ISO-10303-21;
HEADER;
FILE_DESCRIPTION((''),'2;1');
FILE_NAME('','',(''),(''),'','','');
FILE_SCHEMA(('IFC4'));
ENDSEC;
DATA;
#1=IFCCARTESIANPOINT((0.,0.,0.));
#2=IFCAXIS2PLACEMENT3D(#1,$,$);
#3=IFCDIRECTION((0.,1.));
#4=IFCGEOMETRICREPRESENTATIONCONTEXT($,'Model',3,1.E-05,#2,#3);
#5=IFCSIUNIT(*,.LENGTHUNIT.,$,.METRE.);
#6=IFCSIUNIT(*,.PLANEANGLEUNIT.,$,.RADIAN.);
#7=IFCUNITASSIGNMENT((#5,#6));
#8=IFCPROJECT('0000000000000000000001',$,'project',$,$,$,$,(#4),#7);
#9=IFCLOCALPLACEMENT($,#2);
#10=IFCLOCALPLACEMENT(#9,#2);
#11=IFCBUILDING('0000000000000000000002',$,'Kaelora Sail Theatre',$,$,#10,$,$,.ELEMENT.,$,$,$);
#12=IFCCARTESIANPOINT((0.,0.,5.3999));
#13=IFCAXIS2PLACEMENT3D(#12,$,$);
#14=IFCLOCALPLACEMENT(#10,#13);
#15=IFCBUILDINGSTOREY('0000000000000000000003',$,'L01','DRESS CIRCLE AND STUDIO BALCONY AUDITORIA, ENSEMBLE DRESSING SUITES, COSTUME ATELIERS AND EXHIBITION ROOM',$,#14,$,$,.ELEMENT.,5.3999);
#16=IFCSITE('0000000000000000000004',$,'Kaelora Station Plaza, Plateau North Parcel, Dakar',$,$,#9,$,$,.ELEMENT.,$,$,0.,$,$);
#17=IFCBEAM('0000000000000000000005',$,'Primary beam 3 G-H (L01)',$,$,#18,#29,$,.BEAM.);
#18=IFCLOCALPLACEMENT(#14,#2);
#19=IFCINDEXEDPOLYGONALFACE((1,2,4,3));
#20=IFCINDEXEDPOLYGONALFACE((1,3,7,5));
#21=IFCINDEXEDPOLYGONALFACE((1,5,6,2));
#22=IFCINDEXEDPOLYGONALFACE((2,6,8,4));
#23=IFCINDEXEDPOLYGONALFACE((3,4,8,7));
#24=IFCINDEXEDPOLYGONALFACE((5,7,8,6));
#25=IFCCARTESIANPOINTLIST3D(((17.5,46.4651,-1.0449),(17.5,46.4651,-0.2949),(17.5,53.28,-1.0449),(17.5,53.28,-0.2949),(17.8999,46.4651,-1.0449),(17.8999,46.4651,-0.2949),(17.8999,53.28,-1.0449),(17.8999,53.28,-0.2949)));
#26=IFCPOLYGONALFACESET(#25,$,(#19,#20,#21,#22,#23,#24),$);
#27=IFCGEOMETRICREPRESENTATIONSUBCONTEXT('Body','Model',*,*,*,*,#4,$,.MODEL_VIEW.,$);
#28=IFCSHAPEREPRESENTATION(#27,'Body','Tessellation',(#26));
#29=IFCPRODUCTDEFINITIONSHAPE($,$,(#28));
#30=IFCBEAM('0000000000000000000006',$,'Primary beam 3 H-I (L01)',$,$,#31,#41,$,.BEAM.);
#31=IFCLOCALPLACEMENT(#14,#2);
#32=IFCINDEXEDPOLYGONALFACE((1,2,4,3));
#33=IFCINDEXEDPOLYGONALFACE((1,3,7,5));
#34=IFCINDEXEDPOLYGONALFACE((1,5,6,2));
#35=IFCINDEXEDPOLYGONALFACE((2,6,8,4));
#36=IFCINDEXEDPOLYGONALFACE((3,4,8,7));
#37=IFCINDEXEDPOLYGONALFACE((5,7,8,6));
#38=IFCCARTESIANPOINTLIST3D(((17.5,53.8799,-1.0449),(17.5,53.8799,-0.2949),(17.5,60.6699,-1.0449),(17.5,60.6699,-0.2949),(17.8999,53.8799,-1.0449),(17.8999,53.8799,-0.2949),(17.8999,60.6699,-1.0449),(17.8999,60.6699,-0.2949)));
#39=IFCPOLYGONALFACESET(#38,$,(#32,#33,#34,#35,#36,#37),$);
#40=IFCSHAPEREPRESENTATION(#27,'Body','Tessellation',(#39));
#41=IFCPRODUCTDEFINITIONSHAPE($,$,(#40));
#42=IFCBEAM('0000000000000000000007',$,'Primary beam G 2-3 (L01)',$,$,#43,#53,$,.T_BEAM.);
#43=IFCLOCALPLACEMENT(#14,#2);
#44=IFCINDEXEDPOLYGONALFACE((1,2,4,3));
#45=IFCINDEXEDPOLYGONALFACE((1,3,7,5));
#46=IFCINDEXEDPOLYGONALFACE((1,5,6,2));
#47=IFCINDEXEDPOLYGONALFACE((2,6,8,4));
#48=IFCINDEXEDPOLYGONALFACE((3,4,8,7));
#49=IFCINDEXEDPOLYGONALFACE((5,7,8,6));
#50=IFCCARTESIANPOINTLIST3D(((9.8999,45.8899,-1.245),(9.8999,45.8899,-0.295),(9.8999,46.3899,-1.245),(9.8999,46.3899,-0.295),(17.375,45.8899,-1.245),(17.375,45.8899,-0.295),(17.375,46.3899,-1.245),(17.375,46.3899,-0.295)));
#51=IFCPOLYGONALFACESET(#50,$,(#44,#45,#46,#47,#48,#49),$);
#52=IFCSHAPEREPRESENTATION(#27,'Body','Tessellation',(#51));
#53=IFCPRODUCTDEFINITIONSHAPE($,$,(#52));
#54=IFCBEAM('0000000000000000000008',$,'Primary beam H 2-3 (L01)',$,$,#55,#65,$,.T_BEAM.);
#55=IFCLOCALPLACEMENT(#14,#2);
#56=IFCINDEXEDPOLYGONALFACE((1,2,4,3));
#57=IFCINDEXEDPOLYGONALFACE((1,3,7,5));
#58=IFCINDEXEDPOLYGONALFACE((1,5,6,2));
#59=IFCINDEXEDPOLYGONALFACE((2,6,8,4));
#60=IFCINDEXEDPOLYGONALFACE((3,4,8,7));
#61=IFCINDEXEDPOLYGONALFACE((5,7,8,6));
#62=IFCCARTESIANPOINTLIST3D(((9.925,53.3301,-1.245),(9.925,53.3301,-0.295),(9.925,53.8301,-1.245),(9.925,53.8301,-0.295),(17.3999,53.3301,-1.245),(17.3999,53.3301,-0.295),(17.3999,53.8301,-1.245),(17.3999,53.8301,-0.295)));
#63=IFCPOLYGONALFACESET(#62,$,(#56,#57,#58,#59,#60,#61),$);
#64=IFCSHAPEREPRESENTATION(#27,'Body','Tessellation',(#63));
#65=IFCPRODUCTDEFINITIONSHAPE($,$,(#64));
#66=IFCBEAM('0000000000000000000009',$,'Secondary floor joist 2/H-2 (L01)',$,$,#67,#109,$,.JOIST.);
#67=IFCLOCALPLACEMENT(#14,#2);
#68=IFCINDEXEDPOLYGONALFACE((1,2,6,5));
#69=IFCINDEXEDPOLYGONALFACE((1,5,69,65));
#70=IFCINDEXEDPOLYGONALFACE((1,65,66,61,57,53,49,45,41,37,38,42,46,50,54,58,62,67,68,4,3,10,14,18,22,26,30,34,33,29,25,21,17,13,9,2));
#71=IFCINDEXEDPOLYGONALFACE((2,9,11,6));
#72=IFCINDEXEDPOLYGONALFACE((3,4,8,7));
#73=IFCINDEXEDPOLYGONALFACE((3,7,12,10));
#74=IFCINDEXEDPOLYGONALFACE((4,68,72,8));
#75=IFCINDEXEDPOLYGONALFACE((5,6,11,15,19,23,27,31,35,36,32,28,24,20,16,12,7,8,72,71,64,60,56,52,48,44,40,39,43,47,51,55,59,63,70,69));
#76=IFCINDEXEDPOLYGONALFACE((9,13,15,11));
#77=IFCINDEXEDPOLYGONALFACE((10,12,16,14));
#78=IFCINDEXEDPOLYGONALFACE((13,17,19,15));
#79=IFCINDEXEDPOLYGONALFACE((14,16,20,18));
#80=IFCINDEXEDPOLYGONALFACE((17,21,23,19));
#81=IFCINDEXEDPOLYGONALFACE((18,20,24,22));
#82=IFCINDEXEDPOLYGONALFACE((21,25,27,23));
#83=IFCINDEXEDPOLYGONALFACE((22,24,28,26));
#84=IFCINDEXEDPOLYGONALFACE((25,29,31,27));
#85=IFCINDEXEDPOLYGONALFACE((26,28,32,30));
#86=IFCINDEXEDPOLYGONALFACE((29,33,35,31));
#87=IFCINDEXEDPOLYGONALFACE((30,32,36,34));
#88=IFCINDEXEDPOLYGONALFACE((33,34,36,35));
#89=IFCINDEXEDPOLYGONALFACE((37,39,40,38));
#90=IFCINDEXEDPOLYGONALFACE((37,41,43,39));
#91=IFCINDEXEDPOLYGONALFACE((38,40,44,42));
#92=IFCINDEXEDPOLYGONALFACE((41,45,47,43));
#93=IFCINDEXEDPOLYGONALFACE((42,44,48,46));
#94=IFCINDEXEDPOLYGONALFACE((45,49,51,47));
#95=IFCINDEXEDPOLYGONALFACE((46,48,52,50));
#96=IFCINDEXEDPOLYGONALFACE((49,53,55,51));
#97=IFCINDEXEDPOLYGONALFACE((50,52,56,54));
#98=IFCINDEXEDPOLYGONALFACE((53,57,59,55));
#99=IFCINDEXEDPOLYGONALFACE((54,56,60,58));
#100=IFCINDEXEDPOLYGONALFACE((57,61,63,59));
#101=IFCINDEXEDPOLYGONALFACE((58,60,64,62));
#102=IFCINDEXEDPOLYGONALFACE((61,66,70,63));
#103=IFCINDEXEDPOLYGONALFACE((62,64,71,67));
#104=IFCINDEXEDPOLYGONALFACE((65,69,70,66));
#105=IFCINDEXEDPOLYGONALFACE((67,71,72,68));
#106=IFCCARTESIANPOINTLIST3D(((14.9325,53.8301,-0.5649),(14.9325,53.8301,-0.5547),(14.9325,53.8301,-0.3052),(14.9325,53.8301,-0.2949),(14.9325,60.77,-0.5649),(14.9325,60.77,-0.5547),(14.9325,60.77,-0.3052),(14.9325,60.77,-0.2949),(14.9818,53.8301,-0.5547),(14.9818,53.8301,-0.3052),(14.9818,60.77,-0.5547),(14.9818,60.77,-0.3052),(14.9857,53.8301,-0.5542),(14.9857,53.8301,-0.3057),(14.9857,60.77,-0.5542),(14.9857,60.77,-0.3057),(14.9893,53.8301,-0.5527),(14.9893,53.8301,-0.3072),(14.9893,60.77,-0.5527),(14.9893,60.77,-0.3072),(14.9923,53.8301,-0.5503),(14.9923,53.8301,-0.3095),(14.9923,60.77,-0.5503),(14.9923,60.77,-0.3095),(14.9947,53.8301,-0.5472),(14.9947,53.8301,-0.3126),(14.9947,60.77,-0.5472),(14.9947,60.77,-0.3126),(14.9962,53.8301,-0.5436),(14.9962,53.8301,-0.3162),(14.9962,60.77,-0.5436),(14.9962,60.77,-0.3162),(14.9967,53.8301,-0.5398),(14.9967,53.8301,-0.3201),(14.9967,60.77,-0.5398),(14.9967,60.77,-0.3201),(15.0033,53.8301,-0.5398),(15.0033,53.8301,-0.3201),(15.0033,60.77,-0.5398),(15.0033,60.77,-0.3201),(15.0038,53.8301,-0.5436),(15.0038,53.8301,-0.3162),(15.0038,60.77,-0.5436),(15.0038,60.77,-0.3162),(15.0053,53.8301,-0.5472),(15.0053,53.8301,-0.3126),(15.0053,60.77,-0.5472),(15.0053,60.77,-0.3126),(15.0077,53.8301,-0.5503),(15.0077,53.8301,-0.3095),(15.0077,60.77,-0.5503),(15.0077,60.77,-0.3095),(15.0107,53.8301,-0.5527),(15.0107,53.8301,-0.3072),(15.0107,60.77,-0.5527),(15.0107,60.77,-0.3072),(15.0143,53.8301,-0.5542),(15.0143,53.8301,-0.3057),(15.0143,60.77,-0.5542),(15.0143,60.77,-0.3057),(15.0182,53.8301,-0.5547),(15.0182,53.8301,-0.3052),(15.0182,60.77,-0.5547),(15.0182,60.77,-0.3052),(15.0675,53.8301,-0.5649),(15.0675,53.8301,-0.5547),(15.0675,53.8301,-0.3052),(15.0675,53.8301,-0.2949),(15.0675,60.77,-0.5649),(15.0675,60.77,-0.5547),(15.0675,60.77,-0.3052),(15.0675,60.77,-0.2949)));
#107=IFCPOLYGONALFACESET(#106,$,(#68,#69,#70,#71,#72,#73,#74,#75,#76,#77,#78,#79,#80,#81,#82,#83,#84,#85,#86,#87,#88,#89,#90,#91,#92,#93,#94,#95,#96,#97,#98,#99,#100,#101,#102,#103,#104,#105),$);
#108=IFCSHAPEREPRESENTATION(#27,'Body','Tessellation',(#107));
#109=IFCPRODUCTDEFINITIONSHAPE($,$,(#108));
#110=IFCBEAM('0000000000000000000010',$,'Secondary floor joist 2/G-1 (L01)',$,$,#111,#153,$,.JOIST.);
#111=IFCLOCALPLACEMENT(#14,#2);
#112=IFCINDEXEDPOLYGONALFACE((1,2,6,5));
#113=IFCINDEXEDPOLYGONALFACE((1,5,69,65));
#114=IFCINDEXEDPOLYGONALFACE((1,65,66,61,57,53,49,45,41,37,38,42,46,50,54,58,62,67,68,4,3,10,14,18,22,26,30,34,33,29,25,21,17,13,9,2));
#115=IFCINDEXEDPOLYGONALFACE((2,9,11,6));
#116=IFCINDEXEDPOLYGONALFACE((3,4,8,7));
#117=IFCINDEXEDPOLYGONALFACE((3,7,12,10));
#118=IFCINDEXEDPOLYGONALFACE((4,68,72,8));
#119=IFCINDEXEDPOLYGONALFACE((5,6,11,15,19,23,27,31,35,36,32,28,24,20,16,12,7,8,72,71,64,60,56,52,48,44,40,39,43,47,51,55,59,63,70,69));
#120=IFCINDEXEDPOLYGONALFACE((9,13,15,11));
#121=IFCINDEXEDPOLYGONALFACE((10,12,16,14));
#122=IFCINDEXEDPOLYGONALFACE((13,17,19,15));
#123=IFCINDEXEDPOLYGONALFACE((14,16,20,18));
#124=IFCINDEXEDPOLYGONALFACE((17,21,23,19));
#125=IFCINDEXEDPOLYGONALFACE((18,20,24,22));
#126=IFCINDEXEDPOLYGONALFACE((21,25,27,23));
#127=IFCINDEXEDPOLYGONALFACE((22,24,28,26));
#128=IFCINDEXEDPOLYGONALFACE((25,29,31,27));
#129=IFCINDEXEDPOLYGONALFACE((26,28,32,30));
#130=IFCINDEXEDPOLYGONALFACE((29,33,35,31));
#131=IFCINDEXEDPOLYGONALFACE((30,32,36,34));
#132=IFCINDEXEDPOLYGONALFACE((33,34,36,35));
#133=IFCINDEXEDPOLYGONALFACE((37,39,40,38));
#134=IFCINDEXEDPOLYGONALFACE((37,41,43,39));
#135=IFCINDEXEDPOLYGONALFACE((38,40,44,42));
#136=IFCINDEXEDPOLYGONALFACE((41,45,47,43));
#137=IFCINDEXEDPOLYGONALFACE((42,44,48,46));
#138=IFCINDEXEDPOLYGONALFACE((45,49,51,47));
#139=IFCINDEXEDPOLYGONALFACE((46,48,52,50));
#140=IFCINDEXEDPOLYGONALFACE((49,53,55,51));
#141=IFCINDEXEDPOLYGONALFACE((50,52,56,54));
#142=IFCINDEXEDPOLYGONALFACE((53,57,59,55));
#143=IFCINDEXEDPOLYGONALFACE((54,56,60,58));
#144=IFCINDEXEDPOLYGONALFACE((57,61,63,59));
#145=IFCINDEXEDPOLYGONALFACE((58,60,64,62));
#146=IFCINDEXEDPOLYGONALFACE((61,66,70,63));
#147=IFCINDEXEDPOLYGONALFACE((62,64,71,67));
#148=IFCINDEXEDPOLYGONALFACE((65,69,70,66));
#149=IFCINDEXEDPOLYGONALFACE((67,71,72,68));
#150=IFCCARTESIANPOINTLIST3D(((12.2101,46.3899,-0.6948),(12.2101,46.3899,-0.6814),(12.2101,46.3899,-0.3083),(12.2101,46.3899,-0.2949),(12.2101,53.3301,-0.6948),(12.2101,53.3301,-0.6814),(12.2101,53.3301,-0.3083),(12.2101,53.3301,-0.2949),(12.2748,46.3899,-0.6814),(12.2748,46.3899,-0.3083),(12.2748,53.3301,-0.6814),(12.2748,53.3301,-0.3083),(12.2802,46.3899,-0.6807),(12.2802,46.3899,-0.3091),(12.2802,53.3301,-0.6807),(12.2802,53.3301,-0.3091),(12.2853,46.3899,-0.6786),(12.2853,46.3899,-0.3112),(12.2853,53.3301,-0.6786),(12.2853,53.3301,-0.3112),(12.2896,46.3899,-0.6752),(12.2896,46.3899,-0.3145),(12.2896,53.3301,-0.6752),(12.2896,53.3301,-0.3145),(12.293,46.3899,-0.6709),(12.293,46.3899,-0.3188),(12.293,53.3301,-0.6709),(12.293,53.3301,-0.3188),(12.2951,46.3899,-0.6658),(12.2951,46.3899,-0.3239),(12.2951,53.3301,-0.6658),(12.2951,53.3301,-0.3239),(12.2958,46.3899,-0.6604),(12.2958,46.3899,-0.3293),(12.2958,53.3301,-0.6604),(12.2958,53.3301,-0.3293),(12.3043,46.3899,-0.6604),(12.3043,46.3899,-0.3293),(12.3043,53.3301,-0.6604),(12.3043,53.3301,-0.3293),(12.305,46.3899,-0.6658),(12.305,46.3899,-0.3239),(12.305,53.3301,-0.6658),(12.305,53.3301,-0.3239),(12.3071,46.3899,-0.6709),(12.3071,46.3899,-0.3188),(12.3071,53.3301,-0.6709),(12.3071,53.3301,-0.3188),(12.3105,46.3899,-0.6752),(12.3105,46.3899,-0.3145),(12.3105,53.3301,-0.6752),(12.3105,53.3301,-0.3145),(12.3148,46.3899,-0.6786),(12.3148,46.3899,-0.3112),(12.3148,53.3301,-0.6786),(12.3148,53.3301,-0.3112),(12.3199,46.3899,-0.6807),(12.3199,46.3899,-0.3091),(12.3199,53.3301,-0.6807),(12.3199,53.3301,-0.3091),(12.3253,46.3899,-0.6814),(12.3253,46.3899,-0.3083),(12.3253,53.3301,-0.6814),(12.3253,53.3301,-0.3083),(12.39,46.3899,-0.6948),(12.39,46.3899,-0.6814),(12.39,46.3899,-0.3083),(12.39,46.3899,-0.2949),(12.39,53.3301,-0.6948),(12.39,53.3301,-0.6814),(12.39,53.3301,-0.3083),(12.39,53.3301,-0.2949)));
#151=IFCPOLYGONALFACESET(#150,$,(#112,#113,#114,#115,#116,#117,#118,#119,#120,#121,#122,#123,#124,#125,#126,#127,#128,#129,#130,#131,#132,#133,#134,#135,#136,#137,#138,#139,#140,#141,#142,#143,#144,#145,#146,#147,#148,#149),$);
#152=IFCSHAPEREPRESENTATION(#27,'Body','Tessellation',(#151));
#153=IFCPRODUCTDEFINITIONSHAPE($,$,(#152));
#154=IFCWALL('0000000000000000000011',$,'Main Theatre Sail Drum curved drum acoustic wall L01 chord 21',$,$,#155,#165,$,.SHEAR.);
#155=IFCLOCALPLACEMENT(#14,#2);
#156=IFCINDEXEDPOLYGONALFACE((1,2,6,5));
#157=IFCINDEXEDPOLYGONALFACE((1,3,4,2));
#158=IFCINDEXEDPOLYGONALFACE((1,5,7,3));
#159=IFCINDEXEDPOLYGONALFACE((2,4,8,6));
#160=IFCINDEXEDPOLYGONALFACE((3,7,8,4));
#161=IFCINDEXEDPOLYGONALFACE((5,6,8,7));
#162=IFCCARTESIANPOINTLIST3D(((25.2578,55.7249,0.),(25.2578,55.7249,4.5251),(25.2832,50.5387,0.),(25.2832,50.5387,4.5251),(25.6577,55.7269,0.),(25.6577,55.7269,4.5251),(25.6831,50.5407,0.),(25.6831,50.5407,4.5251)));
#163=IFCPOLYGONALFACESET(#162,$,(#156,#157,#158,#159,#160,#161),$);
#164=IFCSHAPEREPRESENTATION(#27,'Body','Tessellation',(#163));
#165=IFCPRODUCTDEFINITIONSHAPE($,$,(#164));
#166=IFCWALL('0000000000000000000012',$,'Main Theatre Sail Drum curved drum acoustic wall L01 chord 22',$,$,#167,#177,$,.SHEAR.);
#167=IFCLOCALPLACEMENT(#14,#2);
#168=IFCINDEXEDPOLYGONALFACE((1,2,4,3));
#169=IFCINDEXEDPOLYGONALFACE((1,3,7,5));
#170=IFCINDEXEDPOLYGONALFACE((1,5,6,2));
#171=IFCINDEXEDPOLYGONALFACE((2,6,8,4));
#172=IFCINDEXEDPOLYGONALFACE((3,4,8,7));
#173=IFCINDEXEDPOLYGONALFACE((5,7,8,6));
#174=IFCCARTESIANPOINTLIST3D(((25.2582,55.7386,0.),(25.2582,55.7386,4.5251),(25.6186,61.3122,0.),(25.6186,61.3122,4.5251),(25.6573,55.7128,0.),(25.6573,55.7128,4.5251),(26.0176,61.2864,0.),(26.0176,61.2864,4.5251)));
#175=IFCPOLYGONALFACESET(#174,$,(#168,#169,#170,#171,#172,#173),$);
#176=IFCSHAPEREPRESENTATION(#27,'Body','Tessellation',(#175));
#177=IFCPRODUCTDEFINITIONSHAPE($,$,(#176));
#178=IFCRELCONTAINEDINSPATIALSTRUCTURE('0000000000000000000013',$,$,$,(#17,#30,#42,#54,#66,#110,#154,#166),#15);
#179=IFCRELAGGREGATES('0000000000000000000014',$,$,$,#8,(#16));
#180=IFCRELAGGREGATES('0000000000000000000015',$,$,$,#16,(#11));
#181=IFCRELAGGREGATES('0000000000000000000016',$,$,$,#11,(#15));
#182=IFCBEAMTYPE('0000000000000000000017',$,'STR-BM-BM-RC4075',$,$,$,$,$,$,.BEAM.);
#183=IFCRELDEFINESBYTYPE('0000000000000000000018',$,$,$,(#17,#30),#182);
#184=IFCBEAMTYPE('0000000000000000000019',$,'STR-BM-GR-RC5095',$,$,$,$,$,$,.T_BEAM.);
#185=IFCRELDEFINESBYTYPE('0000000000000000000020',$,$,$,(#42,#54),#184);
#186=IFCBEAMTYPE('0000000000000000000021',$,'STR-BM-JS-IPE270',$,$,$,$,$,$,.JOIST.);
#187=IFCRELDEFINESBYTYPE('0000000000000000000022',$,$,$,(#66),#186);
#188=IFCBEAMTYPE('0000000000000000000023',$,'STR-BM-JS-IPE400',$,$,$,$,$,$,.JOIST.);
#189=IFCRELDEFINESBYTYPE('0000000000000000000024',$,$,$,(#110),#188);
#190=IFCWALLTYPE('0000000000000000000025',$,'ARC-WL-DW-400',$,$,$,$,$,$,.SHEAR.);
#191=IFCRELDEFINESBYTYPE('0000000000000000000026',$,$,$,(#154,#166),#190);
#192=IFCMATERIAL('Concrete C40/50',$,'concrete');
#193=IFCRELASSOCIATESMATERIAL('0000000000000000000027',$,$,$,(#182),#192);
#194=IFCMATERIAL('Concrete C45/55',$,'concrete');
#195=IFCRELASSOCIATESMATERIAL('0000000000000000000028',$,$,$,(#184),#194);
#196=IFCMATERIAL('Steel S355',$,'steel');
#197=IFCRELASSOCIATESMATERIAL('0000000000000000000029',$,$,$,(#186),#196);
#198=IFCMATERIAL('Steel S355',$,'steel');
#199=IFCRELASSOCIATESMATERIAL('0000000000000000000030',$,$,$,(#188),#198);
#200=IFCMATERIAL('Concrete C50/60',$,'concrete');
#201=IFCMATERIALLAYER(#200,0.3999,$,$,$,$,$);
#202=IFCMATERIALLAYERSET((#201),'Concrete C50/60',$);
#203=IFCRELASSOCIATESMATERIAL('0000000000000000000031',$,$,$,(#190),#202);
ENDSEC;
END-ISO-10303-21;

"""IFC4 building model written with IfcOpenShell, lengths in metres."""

from ifc_helpers import new_model, si_unit, direction, frame, frame_2d, origin, origin_2d, place, context, subcontext, project, spatial, rectangle, i_section, extrude, material, layer, layer_set, material_profile, profile_set, type_object, element, save


model = new_model("IFC4")

# Units and contexts
model_context = context("Model", 3, precision=1e-05, world=origin(), true_north=direction((0.0, 1.0)))
body_context = subcontext(model_context, "Body", "Model", "MODEL_VIEW")
ifc_project = project(units=[si_unit("LENGTHUNIT", "METRE"), si_unit("PLANEANGLEUNIT", "RADIAN")], contexts=[model_context])

# Site, building, storey
site_placement = place(None, origin())
site = spatial("IfcSite", under=ifc_project, at=site_placement, Name="Kaelora Station Plaza, Plateau North Parcel, Dakar", CompositionType="ELEMENT", RefElevation=0.0)
building_placement = place(site_placement, origin())
building = spatial("IfcBuilding", under=site, at=building_placement, Name="Kaelora Sail Theatre", CompositionType="ELEMENT")
storey_placement = place(building_placement, frame((0.0, 0.0, 5.3999)))
storey = spatial("IfcBuildingStorey", under=building, at=storey_placement, Name="L01", Description="DRESS CIRCLE AND STUDIO BALCONY AUDITORIA, ENSEMBLE DRESSING SUITES, COSTUME ATELIERS AND EXHIBITION ROOM", CompositionType="ELEMENT", Elevation=5.3999)

# Beams
ifc_material_1 = material(Name="Concrete C40/50", Category="concrete")
ifc_material_profile_1 = material_profile(ifc_material_1, rectangle(XDim=0.3999, YDim=0.75, at=origin_2d()), Name="RC-BM 400x750")
ifc_profile_set_1 = profile_set([ifc_material_profile_1], Name="Concrete C40/50")
beam_type_1 = type_object("IfcBeamType", Name="STR-BM-BM-RC4075", PredefinedType="BEAM", material=ifc_profile_set_1)
beam_1_placement = place(storey_placement, frame((17.7, 46.4651, -0.6699), z_axis=(0.0, 1.0, 0.0), x_axis=(-1.0, 0.0, 0.0)))
element("IfcBeam", 1, at=beam_1_placement, inside=storey, type_object=beam_type_1, Name="Primary beam 3 G-H (L01)", PredefinedType="BEAM", context=body_context, shape_type="SweptSolid", body=[
    extrude(rectangle(XDim=0.3999, YDim=0.75, at=origin_2d()), origin(), (0.0, 0.0, 1.0), 6.8149),
])
beam_2_placement = place(storey_placement, frame((17.7, 53.8799, -0.6699), z_axis=(0.0, 1.0, 0.0), x_axis=(-1.0, 0.0, 0.0)))
element("IfcBeam", 2, at=beam_2_placement, inside=storey, type_object=beam_type_1, Name="Primary beam 3 H-I (L01)", PredefinedType="BEAM", context=body_context, shape_type="SweptSolid", body=[
    extrude(rectangle(XDim=0.3999, YDim=0.75, at=origin_2d()), origin(), (0.0, 0.0, 1.0), 6.79),
])
ifc_material_2 = material(Name="Concrete C45/55", Category="concrete")
ifc_material_profile_2 = material_profile(ifc_material_2, rectangle(XDim=0.5, YDim=0.95, at=origin_2d()), Name="RC-GRD 500x950")
ifc_profile_set_2 = profile_set([ifc_material_profile_2], Name="Concrete C45/55")
beam_type_2 = type_object("IfcBeamType", Name="STR-BM-GR-RC5095", PredefinedType="T_BEAM", material=ifc_profile_set_2)
beam_3_placement = place(storey_placement, frame((9.8999, 46.1399, -0.77), z_axis=(1.0, 0.0, 0.0), x_axis=(0.0, 1.0, 0.0)))
element("IfcBeam", 3, at=beam_3_placement, inside=storey, type_object=beam_type_2, Name="Primary beam G 2-3 (L01)", PredefinedType="T_BEAM", context=body_context, shape_type="SweptSolid", body=[
    extrude(rectangle(XDim=0.5, YDim=0.95, at=origin_2d()), origin(), (0.0, 0.0, 1.0), 7.4751),
])
beam_4_placement = place(storey_placement, frame((9.925, 53.5801, -0.77), z_axis=(1.0, 0.0, 0.0), x_axis=(0.0, 1.0, 0.0)))
element("IfcBeam", 4, at=beam_4_placement, inside=storey, type_object=beam_type_2, Name="Primary beam H 2-3 (L01)", PredefinedType="T_BEAM", context=body_context, shape_type="SweptSolid", body=[
    extrude(rectangle(XDim=0.5, YDim=0.95, at=origin_2d()), origin(), (0.0, 0.0, 1.0), 7.4749),
])
ifc_material_3 = material(Name="Steel S355", Category="steel")
ifc_material_profile_3 = material_profile(ifc_material_3, i_section(OverallWidth=0.135, OverallDepth=0.27, WebThickness=0.0066, FlangeThickness=0.0103, FilletRadius=0.0149, at=origin_2d()), Name="IPE 270")
ifc_profile_set_3 = profile_set([ifc_material_profile_3], Name="Steel S355")
beam_type_3 = type_object("IfcBeamType", Name="STR-BM-JS-IPE270", PredefinedType="JOIST", material=ifc_profile_set_3)
beam_5_placement = place(storey_placement, frame((15.0, 53.8301, -0.4299), z_axis=(0.0, 1.0, 0.0), x_axis=(-1.0, 0.0, 0.0)))
element("IfcBeam", 5, at=beam_5_placement, inside=storey, type_object=beam_type_3, Name="Secondary floor joist 2/H-2 (L01)", PredefinedType="JOIST", context=body_context, shape_type="SweptSolid", body=[
    extrude(i_section(OverallWidth=0.135, OverallDepth=0.27, WebThickness=0.0066, FlangeThickness=0.0103, FilletRadius=0.0149, at=origin_2d()), origin(), (0.0, 0.0, 1.0), 6.9399),
])
ifc_material_4 = material(Name="Steel S355", Category="steel")
ifc_material_profile_4 = material_profile(ifc_material_4, i_section(OverallWidth=0.1799, OverallDepth=0.3999, WebThickness=0.0085, FlangeThickness=0.0134, FilletRadius=0.021, at=origin_2d()), Name="IPE 400")
ifc_profile_set_4 = profile_set([ifc_material_profile_4], Name="Steel S355")
beam_type_4 = type_object("IfcBeamType", Name="STR-BM-JS-IPE400", PredefinedType="JOIST", material=ifc_profile_set_4)
beam_6_placement = place(storey_placement, frame((12.3, 46.3899, -0.4949), z_axis=(0.0, 1.0, 0.0), x_axis=(-1.0, 0.0, 0.0)))
element("IfcBeam", 6, at=beam_6_placement, inside=storey, type_object=beam_type_4, Name="Secondary floor joist 2/G-1 (L01)", PredefinedType="JOIST", context=body_context, shape_type="SweptSolid", body=[
    extrude(i_section(OverallWidth=0.1799, OverallDepth=0.3999, WebThickness=0.0085, FlangeThickness=0.0134, FilletRadius=0.021, at=origin_2d()), origin(), (0.0, 0.0, 1.0), 6.9402),
])

# Walls
ifc_material_5 = material(Name="Concrete C50/60", Category="concrete")
ifc_layer = layer(ifc_material_5, 0.3999)
ifc_layer_set = layer_set([ifc_layer], Name="Concrete C50/60")
wall_type = type_object("IfcWallType", Name="ARC-WL-DW-400", PredefinedType="SHEAR", material=ifc_layer_set)
wall_1_placement = place(storey_placement, frame((25.4832, 50.5396, 0.0), z_axis=(0.0, 0.0, 1.0), x_axis=(-0.004896, 0.999988, 0.0)))
element("IfcWall", 7, at=wall_1_placement, inside=storey, type_object=wall_type, Name="Main Theatre Sail Drum curved drum acoustic wall L01 chord 21", PredefinedType="SHEAR", context=body_context, shape_type="SweptSolid", body=[
    extrude(rectangle(XDim=5.1863, YDim=0.3999, at=frame_2d((2.5933, 0.0))), origin(), (0.0, 0.0, 1.0), 4.5251),
])
wall_2_placement = place(storey_placement, frame((25.4578, 55.7258, 0.0), z_axis=(0.0, 0.0, 1.0), x_axis=(0.06452, 0.997916, 0.0)))
element("IfcWall", 8, at=wall_2_placement, inside=storey, type_object=wall_type, Name="Main Theatre Sail Drum curved drum acoustic wall L01 chord 22", PredefinedType="SHEAR", context=body_context, shape_type="SweptSolid", body=[
    extrude(rectangle(XDim=5.5852, YDim=0.3999, at=frame_2d((2.7925, 0.0))), origin(), (0.0, 0.0, 1.0), 4.5251),
])

save(model, "model.ifc")
